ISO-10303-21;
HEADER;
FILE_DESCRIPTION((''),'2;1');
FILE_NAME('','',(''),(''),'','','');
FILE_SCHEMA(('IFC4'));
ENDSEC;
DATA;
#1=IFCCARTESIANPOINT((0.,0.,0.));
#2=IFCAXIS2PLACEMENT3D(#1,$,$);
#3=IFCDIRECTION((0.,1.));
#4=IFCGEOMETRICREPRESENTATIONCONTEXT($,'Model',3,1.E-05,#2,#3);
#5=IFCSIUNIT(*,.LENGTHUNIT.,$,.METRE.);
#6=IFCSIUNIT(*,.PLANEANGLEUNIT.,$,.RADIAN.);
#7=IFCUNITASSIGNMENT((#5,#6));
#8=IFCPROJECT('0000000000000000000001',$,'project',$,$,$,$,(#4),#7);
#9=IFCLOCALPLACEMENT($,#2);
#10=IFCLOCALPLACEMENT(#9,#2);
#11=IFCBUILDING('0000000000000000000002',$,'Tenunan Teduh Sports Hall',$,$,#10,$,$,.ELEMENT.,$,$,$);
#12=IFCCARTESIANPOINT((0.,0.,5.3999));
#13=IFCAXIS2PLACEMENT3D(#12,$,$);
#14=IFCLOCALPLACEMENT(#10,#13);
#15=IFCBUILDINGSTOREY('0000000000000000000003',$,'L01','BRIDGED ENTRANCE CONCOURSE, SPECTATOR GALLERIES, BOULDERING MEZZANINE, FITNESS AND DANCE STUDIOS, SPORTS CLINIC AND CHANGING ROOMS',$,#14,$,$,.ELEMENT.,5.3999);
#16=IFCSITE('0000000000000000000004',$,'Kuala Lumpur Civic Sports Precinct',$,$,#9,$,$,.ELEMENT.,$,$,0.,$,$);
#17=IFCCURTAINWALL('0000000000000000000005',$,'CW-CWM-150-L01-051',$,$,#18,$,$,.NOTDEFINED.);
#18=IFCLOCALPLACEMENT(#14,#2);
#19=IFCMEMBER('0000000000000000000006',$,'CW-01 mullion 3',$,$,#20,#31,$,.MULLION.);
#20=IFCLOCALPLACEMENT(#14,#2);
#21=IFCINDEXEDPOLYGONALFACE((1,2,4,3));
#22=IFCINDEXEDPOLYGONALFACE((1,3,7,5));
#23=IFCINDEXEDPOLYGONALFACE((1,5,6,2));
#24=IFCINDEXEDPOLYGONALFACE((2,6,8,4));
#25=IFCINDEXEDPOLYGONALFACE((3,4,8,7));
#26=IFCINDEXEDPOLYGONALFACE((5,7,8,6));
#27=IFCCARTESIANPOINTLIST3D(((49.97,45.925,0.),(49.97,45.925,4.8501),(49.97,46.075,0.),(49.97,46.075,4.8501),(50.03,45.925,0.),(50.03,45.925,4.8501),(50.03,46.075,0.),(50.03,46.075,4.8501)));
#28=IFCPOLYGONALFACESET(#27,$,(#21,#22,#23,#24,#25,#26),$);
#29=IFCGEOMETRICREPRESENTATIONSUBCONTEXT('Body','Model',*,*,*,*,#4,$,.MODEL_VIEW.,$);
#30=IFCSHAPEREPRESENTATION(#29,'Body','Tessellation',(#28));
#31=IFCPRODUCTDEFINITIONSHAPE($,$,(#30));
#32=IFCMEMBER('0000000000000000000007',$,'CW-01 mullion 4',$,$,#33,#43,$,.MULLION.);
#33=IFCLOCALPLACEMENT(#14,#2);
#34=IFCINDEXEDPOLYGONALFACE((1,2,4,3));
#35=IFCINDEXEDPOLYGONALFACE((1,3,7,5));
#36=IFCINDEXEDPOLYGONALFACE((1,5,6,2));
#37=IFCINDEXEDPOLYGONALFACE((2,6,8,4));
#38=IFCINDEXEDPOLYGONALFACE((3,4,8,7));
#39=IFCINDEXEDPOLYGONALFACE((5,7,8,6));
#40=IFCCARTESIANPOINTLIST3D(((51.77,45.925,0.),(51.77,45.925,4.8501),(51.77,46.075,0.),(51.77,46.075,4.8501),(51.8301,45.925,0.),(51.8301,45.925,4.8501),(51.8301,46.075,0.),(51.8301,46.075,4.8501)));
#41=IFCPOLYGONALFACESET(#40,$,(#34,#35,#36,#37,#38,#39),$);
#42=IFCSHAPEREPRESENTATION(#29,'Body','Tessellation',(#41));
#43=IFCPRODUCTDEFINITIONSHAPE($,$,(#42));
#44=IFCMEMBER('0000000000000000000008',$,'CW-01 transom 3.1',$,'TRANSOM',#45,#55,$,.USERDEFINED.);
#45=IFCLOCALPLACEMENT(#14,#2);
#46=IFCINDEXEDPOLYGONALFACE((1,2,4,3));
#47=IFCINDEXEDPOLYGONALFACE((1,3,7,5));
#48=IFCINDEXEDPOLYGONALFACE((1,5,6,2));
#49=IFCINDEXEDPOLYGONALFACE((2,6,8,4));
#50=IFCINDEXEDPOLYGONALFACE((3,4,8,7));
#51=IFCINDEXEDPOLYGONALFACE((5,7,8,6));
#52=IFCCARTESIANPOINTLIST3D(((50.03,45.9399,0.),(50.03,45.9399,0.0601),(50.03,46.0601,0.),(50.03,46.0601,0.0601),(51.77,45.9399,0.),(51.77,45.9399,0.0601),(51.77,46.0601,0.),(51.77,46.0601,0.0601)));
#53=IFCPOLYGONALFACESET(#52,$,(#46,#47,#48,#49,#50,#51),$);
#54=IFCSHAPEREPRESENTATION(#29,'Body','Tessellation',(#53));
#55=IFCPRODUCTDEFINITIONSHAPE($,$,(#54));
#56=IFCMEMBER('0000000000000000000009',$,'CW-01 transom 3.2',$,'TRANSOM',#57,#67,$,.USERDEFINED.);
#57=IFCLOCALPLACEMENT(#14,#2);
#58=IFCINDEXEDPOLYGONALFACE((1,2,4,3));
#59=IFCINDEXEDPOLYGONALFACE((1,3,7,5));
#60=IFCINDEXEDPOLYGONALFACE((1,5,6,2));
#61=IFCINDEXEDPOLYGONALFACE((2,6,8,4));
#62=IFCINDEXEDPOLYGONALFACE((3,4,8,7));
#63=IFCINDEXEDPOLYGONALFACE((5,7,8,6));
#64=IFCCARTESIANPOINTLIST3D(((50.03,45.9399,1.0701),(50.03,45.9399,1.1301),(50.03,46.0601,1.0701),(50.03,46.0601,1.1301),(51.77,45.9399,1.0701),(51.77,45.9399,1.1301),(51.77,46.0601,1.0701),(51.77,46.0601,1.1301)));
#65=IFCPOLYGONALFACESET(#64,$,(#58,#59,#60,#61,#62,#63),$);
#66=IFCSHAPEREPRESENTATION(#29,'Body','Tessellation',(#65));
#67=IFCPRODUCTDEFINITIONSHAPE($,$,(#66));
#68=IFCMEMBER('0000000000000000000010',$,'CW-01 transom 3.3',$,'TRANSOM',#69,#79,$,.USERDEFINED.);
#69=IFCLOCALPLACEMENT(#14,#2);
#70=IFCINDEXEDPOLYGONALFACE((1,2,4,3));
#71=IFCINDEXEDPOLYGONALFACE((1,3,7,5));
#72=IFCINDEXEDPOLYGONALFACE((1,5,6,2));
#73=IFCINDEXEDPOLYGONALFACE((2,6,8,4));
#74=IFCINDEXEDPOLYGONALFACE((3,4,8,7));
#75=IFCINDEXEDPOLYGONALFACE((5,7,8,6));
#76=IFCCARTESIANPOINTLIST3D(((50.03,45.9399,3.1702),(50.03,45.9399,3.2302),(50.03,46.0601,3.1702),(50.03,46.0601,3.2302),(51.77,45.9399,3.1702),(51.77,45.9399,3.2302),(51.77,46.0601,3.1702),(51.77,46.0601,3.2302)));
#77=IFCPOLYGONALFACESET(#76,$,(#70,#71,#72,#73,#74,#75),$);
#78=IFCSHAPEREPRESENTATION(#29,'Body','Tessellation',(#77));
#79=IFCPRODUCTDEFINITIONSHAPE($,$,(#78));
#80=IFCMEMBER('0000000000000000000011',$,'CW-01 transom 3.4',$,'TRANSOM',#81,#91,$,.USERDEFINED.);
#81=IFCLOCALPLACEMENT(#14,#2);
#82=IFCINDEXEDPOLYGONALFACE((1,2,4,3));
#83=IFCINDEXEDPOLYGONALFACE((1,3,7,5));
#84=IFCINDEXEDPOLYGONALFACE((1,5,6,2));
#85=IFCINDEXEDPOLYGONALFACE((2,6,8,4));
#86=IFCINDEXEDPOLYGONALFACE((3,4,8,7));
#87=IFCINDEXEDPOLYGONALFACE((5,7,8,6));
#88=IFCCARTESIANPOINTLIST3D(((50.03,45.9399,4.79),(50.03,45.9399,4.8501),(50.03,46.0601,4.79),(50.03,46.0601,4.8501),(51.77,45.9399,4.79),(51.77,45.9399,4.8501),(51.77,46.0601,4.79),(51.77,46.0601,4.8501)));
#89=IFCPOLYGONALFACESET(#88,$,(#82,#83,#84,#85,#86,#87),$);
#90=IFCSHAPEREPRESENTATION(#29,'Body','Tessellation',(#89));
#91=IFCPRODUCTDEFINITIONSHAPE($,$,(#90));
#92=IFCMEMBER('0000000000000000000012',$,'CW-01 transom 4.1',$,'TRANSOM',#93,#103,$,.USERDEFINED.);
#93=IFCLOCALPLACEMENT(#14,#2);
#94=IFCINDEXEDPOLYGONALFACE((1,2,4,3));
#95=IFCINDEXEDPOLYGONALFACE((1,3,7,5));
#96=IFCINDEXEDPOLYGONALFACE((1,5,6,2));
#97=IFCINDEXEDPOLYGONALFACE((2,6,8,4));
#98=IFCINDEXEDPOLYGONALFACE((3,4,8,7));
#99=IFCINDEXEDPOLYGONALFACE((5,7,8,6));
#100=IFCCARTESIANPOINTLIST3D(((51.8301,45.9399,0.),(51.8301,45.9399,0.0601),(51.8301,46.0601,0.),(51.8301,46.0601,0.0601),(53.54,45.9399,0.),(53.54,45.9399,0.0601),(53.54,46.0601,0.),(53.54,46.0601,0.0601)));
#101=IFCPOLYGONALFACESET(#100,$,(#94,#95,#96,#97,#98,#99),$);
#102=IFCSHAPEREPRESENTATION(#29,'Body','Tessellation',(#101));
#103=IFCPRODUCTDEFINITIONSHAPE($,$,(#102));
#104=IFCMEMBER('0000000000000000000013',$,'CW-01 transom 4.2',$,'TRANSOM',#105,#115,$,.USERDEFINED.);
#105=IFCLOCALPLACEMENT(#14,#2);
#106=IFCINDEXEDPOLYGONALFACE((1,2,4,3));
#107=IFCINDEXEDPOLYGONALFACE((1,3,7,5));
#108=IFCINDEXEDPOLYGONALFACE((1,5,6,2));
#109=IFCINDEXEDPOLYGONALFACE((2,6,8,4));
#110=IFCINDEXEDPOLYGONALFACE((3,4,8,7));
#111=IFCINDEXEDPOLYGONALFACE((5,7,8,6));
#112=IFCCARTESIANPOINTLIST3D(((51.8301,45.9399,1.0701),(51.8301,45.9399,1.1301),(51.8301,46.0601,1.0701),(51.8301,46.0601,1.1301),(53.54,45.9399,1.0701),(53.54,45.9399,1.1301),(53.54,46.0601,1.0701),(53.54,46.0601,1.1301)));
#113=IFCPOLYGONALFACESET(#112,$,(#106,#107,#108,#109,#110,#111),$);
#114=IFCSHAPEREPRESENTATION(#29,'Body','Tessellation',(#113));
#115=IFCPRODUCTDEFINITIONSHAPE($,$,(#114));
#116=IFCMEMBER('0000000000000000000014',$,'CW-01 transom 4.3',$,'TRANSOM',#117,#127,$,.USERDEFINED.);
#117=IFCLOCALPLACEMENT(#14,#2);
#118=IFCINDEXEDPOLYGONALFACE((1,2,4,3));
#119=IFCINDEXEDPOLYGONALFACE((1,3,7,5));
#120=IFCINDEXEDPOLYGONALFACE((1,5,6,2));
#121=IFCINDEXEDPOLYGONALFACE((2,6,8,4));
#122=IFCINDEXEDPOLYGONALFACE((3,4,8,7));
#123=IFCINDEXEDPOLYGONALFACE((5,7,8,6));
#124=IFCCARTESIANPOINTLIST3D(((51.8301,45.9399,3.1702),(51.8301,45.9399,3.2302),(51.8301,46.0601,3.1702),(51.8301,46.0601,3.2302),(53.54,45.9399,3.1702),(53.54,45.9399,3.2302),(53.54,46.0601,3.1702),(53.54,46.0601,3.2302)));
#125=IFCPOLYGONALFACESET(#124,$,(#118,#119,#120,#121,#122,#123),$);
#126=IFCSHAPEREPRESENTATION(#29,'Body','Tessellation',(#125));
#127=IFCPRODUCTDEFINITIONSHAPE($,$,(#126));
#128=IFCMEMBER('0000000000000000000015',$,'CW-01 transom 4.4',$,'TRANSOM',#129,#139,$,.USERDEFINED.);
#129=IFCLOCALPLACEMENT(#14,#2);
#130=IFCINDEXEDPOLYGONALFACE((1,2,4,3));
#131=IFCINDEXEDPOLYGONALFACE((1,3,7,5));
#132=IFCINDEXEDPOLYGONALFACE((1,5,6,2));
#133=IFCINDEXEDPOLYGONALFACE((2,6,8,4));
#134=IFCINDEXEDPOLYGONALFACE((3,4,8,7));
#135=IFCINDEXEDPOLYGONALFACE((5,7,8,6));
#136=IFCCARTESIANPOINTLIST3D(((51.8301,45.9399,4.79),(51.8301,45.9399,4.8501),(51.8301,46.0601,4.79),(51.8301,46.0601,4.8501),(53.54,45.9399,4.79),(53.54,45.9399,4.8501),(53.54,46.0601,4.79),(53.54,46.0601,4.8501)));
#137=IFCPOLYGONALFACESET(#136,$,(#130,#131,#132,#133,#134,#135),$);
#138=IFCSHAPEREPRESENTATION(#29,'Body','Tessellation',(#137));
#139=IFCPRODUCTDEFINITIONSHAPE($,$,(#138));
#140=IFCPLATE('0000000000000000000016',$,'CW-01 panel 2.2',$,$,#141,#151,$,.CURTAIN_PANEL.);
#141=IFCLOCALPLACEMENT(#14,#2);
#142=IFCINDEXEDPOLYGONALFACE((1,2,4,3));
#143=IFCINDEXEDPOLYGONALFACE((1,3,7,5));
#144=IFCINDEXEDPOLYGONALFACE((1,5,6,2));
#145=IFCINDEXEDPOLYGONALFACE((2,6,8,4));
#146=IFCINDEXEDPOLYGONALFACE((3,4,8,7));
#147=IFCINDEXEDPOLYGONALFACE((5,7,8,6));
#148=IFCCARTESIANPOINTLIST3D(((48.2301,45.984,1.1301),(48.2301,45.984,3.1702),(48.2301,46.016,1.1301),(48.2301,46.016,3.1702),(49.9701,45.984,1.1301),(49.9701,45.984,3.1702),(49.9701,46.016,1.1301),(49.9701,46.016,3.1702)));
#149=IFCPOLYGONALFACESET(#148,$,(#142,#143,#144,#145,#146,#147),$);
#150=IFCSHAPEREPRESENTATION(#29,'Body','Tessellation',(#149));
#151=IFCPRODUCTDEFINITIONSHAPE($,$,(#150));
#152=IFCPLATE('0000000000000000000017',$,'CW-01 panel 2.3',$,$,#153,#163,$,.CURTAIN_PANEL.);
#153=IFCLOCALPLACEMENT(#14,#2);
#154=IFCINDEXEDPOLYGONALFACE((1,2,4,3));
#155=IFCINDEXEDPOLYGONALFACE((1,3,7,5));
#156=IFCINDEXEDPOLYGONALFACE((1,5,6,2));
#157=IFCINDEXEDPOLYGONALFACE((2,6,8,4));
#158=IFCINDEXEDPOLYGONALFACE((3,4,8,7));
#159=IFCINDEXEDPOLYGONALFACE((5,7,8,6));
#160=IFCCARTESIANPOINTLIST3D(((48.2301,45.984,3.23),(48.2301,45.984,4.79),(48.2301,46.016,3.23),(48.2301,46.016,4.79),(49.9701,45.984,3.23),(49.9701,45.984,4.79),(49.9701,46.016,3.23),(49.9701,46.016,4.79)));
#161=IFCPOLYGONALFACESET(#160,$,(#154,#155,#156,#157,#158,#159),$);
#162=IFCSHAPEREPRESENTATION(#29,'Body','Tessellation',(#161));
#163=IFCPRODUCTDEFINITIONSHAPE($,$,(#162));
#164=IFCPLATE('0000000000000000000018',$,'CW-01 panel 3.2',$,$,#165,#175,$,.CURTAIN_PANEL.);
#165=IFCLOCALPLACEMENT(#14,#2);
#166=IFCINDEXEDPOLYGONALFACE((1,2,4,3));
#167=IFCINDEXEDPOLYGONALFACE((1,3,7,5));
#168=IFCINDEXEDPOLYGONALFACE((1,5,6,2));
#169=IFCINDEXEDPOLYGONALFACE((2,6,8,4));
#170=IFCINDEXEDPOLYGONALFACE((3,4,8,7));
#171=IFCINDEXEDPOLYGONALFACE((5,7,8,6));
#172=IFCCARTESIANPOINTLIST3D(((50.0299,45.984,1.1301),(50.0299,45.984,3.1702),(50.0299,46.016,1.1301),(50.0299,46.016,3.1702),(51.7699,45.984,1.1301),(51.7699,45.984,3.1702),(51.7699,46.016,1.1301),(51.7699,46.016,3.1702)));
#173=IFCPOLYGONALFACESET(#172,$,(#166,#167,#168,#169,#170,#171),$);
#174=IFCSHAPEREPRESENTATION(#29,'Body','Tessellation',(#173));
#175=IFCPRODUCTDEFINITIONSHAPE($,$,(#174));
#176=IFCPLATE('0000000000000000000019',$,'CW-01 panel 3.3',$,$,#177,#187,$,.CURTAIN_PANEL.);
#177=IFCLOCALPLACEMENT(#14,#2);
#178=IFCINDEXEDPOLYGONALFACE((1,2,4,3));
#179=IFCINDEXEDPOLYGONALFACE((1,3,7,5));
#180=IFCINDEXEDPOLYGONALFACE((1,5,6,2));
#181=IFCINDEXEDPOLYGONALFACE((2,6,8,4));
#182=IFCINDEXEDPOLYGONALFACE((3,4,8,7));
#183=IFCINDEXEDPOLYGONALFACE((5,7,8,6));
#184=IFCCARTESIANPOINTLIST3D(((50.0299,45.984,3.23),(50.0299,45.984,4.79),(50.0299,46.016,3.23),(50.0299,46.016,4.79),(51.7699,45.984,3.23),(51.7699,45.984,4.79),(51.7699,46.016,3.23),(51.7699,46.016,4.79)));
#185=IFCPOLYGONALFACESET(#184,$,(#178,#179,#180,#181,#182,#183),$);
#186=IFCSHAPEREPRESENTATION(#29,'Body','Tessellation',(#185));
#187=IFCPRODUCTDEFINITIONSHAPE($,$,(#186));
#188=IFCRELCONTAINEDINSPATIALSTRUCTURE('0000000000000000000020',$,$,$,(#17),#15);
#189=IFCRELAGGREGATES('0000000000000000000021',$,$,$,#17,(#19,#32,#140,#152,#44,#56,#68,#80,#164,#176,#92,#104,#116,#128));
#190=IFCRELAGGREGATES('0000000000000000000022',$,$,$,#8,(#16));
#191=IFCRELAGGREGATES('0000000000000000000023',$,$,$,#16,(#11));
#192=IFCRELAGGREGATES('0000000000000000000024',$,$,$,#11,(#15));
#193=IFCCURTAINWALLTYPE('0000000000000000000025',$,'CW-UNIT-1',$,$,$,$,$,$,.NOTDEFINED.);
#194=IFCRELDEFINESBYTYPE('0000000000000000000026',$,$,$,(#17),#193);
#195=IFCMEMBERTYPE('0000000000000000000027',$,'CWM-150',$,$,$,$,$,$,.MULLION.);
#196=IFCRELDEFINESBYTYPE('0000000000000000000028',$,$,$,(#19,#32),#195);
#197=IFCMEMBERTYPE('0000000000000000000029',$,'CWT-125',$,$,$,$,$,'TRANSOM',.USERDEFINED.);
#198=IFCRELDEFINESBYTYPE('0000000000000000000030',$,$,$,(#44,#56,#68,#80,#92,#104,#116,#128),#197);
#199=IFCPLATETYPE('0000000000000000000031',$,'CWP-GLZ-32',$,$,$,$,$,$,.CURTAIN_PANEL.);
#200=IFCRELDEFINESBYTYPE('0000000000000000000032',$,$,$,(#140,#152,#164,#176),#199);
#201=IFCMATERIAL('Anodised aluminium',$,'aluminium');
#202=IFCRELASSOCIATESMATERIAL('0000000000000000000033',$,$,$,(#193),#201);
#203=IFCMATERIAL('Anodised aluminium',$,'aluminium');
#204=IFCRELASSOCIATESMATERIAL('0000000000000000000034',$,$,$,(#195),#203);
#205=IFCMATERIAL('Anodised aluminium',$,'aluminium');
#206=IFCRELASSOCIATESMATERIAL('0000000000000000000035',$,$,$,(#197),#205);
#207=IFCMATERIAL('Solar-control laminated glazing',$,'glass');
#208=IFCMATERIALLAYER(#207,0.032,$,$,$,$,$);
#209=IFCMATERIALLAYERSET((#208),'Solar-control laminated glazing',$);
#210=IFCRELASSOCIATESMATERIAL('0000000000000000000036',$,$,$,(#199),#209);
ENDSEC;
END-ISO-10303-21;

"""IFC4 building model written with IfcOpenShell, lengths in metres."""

from ifc_helpers import new_model, si_unit, direction, frame, origin, origin_2d, place, context, subcontext, project, spatial, rectangle, extrude, material, layer, layer_set, material_profile, profile_set, type_object, element, aggregate, save


model = new_model("IFC4")

# Units and contexts
model_context = context("Model", 3, precision=1e-05, world=origin(), true_north=direction((0.0, 1.0)))
body_context = subcontext(model_context, "Body", "Model", "MODEL_VIEW")
ifc_project = project(units=[si_unit("LENGTHUNIT", "METRE"), si_unit("PLANEANGLEUNIT", "RADIAN")], contexts=[model_context])

# Site, building, storey
site_placement = place(None, origin())
site = spatial("IfcSite", under=ifc_project, at=site_placement, Name="Kuala Lumpur Civic Sports Precinct", CompositionType="ELEMENT", RefElevation=0.0)
building_placement = place(site_placement, origin())
building = spatial("IfcBuilding", under=site, at=building_placement, Name="Tenunan Teduh Sports Hall", CompositionType="ELEMENT")
storey_placement = place(building_placement, frame((0.0, 0.0, 5.3999)))
storey = spatial("IfcBuildingStorey", under=building, at=storey_placement, Name="L01", Description="BRIDGED ENTRANCE CONCOURSE, SPECTATOR GALLERIES, BOULDERING MEZZANINE, FITNESS AND DANCE STUDIOS, SPORTS CLINIC AND CHANGING ROOMS", CompositionType="ELEMENT", Elevation=5.3999)

# Curtain wall, members, plates
ifc_material_1 = material(Name="Anodised aluminium", Category="aluminium")
curtain_wall_type = type_object("IfcCurtainWallType", Name="CW-UNIT-1", PredefinedType="NOTDEFINED", material=ifc_material_1)
curtain_wall_placement = place(storey_placement, origin())
curtain_wall = element("IfcCurtainWall", 1, at=curtain_wall_placement, inside=storey, type_object=curtain_wall_type, Name="CW-CWM-150-L01-051", PredefinedType="NOTDEFINED")
ifc_material_2 = material(Name="Anodised aluminium", Category="aluminium")
ifc_material_profile_1 = material_profile(ifc_material_2, rectangle(XDim=0.0601, YDim=0.1499, at=origin_2d()), Name="CWM 60x150")
ifc_profile_set_1 = profile_set([ifc_material_profile_1], Name="Anodised aluminium")
member_type_1 = type_object("IfcMemberType", Name="CWM-150", PredefinedType="MULLION", material=ifc_profile_set_1)
member_1_placement = place(storey_placement, frame((50.0, 46.0, 0.0), z_axis=(0.0, 0.0, 1.0), x_axis=(1.0, 0.0, 0.0)))
member_1 = element("IfcMember", 2, at=member_1_placement, type_object=member_type_1, Name="CW-01 mullion 3", PredefinedType="MULLION", context=body_context, shape_type="SweptSolid", body=[
    extrude(rectangle(XDim=0.0601, YDim=0.1499, at=origin_2d()), origin(), (0.0, 0.0, 1.0), 4.8501),
])
member_2_placement = place(storey_placement, frame((51.8, 46.0, 0.0), z_axis=(0.0, 0.0, 1.0), x_axis=(1.0, 0.0, 0.0)))
member_2 = element("IfcMember", 3, at=member_2_placement, type_object=member_type_1, Name="CW-01 mullion 4", PredefinedType="MULLION", context=body_context, shape_type="SweptSolid", body=[
    extrude(rectangle(XDim=0.0601, YDim=0.1499, at=origin_2d()), origin(), (0.0, 0.0, 1.0), 4.8501),
])
ifc_material_3 = material(Name="Anodised aluminium", Category="aluminium")
ifc_material_profile_2 = material_profile(ifc_material_3, rectangle(XDim=0.0601, YDim=0.1201, at=origin_2d()), Name="CWT 60x120")
ifc_profile_set_2 = profile_set([ifc_material_profile_2], Name="Anodised aluminium")
member_type_2 = type_object("IfcMemberType", Name="CWT-125", ElementType="TRANSOM", PredefinedType="USERDEFINED", material=ifc_profile_set_2)
member_3_placement = place(storey_placement, frame((50.03, 46.0, 0.03), z_axis=(1.0, 0.0, 0.0), x_axis=(0.0, 0.0, 1.0)))
member_3 = element("IfcMember", 4, at=member_3_placement, type_object=member_type_2, Name="CW-01 transom 3.1", ObjectType="TRANSOM", PredefinedType="USERDEFINED", context=body_context, shape_type="SweptSolid", body=[
    extrude(rectangle(XDim=0.0601, YDim=0.1201, at=origin_2d()), origin(), (0.0, 0.0, 1.0), 1.74),
])
member_4_placement = place(storey_placement, frame((50.03, 46.0, 1.1001), z_axis=(1.0, 0.0, 0.0), x_axis=(0.0, 0.0, 1.0)))
member_4 = element("IfcMember", 5, at=member_4_placement, type_object=member_type_2, Name="CW-01 transom 3.2", ObjectType="TRANSOM", PredefinedType="USERDEFINED", context=body_context, shape_type="SweptSolid", body=[
    extrude(rectangle(XDim=0.0601, YDim=0.1201, at=origin_2d()), origin(), (0.0, 0.0, 1.0), 1.74),
])
member_5_placement = place(storey_placement, frame((50.03, 46.0, 3.2002), z_axis=(1.0, 0.0, 0.0), x_axis=(0.0, 0.0, 1.0)))
member_5 = element("IfcMember", 6, at=member_5_placement, type_object=member_type_2, Name="CW-01 transom 3.3", ObjectType="TRANSOM", PredefinedType="USERDEFINED", context=body_context, shape_type="SweptSolid", body=[
    extrude(rectangle(XDim=0.0601, YDim=0.1201, at=origin_2d()), origin(), (0.0, 0.0, 1.0), 1.74),
])
member_6_placement = place(storey_placement, frame((50.03, 46.0, 4.8201), z_axis=(1.0, 0.0, 0.0), x_axis=(0.0, 0.0, 1.0)))
member_6 = element("IfcMember", 7, at=member_6_placement, type_object=member_type_2, Name="CW-01 transom 3.4", ObjectType="TRANSOM", PredefinedType="USERDEFINED", context=body_context, shape_type="SweptSolid", body=[
    extrude(rectangle(XDim=0.0601, YDim=0.1201, at=origin_2d()), origin(), (0.0, 0.0, 1.0), 1.74),
])
member_7_placement = place(storey_placement, frame((51.8301, 46.0, 0.03), z_axis=(1.0, 0.0, 0.0), x_axis=(0.0, 0.0, 1.0)))
member_7 = element("IfcMember", 8, at=member_7_placement, type_object=member_type_2, Name="CW-01 transom 4.1", ObjectType="TRANSOM", PredefinedType="USERDEFINED", context=body_context, shape_type="SweptSolid", body=[
    extrude(rectangle(XDim=0.0601, YDim=0.1201, at=origin_2d()), origin(), (0.0, 0.0, 1.0), 1.71),
])
member_8_placement = place(storey_placement, frame((51.8301, 46.0, 1.1001), z_axis=(1.0, 0.0, 0.0), x_axis=(0.0, 0.0, 1.0)))
member_8 = element("IfcMember", 9, at=member_8_placement, type_object=member_type_2, Name="CW-01 transom 4.2", ObjectType="TRANSOM", PredefinedType="USERDEFINED", context=body_context, shape_type="SweptSolid", body=[
    extrude(rectangle(XDim=0.0601, YDim=0.1201, at=origin_2d()), origin(), (0.0, 0.0, 1.0), 1.71),
])
member_9_placement = place(storey_placement, frame((51.8301, 46.0, 3.2002), z_axis=(1.0, 0.0, 0.0), x_axis=(0.0, 0.0, 1.0)))
member_9 = element("IfcMember", 10, at=member_9_placement, type_object=member_type_2, Name="CW-01 transom 4.3", ObjectType="TRANSOM", PredefinedType="USERDEFINED", context=body_context, shape_type="SweptSolid", body=[
    extrude(rectangle(XDim=0.0601, YDim=0.1201, at=origin_2d()), origin(), (0.0, 0.0, 1.0), 1.71),
])
member_10_placement = place(storey_placement, frame((51.8301, 46.0, 4.8201), z_axis=(1.0, 0.0, 0.0), x_axis=(0.0, 0.0, 1.0)))
member_10 = element("IfcMember", 11, at=member_10_placement, type_object=member_type_2, Name="CW-01 transom 4.4", ObjectType="TRANSOM", PredefinedType="USERDEFINED", context=body_context, shape_type="SweptSolid", body=[
    extrude(rectangle(XDim=0.0601, YDim=0.1201, at=origin_2d()), origin(), (0.0, 0.0, 1.0), 1.71),
])
ifc_material_4 = material(Name="Solar-control laminated glazing", Category="glass")
ifc_layer_1 = layer(ifc_material_4, 0.032)
ifc_layer_set_1 = layer_set([ifc_layer_1], Name="Solar-control laminated glazing")
plate_type_1 = type_object("IfcPlateType", Name="CWP-GLZ-32", PredefinedType="CURTAIN_PANEL", material=ifc_layer_set_1)
plate_1_placement = place(storey_placement, frame((49.1001, 46.0, 1.1301), z_axis=(0.0, 0.0, 1.0), x_axis=(1.0, 0.0, 0.0)))
plate_1 = element("IfcPlate", 12, at=plate_1_placement, type_object=plate_type_1, Name="CW-01 panel 2.2", PredefinedType="CURTAIN_PANEL", context=body_context, shape_type="SweptSolid", body=[
    extrude(rectangle(XDim=1.74, YDim=0.032, at=origin_2d()), origin(), (0.0, 0.0, 1.0), 2.04),
])
plate_2_placement = place(storey_placement, frame((49.1001, 46.0, 3.23), z_axis=(0.0, 0.0, 1.0), x_axis=(1.0, 0.0, 0.0)))
plate_2 = element("IfcPlate", 13, at=plate_2_placement, type_object=plate_type_1, Name="CW-01 panel 2.3", PredefinedType="CURTAIN_PANEL", context=body_context, shape_type="SweptSolid", body=[
    extrude(rectangle(XDim=1.74, YDim=0.032, at=origin_2d()), origin(), (0.0, 0.0, 1.0), 1.5601),
])
plate_3_placement = place(storey_placement, frame((50.8999, 46.0, 1.1301), z_axis=(0.0, 0.0, 1.0), x_axis=(1.0, 0.0, 0.0)))
plate_3 = element("IfcPlate", 14, at=plate_3_placement, type_object=plate_type_1, Name="CW-01 panel 3.2", PredefinedType="CURTAIN_PANEL", context=body_context, shape_type="SweptSolid", body=[
    extrude(rectangle(XDim=1.74, YDim=0.032, at=origin_2d()), origin(), (0.0, 0.0, 1.0), 2.04),
])
plate_4_placement = place(storey_placement, frame((50.8999, 46.0, 3.23), z_axis=(0.0, 0.0, 1.0), x_axis=(1.0, 0.0, 0.0)))
plate_4 = element("IfcPlate", 15, at=plate_4_placement, type_object=plate_type_1, Name="CW-01 panel 3.3", PredefinedType="CURTAIN_PANEL", context=body_context, shape_type="SweptSolid", body=[
    extrude(rectangle(XDim=1.74, YDim=0.032, at=origin_2d()), origin(), (0.0, 0.0, 1.0), 1.5601),
])
aggregate(curtain_wall, [member_1, member_2, plate_1, plate_2, member_3, member_4, member_5, member_6, plate_3, plate_4, member_7, member_8, member_9, member_10])

save(model, "model.ifc")
